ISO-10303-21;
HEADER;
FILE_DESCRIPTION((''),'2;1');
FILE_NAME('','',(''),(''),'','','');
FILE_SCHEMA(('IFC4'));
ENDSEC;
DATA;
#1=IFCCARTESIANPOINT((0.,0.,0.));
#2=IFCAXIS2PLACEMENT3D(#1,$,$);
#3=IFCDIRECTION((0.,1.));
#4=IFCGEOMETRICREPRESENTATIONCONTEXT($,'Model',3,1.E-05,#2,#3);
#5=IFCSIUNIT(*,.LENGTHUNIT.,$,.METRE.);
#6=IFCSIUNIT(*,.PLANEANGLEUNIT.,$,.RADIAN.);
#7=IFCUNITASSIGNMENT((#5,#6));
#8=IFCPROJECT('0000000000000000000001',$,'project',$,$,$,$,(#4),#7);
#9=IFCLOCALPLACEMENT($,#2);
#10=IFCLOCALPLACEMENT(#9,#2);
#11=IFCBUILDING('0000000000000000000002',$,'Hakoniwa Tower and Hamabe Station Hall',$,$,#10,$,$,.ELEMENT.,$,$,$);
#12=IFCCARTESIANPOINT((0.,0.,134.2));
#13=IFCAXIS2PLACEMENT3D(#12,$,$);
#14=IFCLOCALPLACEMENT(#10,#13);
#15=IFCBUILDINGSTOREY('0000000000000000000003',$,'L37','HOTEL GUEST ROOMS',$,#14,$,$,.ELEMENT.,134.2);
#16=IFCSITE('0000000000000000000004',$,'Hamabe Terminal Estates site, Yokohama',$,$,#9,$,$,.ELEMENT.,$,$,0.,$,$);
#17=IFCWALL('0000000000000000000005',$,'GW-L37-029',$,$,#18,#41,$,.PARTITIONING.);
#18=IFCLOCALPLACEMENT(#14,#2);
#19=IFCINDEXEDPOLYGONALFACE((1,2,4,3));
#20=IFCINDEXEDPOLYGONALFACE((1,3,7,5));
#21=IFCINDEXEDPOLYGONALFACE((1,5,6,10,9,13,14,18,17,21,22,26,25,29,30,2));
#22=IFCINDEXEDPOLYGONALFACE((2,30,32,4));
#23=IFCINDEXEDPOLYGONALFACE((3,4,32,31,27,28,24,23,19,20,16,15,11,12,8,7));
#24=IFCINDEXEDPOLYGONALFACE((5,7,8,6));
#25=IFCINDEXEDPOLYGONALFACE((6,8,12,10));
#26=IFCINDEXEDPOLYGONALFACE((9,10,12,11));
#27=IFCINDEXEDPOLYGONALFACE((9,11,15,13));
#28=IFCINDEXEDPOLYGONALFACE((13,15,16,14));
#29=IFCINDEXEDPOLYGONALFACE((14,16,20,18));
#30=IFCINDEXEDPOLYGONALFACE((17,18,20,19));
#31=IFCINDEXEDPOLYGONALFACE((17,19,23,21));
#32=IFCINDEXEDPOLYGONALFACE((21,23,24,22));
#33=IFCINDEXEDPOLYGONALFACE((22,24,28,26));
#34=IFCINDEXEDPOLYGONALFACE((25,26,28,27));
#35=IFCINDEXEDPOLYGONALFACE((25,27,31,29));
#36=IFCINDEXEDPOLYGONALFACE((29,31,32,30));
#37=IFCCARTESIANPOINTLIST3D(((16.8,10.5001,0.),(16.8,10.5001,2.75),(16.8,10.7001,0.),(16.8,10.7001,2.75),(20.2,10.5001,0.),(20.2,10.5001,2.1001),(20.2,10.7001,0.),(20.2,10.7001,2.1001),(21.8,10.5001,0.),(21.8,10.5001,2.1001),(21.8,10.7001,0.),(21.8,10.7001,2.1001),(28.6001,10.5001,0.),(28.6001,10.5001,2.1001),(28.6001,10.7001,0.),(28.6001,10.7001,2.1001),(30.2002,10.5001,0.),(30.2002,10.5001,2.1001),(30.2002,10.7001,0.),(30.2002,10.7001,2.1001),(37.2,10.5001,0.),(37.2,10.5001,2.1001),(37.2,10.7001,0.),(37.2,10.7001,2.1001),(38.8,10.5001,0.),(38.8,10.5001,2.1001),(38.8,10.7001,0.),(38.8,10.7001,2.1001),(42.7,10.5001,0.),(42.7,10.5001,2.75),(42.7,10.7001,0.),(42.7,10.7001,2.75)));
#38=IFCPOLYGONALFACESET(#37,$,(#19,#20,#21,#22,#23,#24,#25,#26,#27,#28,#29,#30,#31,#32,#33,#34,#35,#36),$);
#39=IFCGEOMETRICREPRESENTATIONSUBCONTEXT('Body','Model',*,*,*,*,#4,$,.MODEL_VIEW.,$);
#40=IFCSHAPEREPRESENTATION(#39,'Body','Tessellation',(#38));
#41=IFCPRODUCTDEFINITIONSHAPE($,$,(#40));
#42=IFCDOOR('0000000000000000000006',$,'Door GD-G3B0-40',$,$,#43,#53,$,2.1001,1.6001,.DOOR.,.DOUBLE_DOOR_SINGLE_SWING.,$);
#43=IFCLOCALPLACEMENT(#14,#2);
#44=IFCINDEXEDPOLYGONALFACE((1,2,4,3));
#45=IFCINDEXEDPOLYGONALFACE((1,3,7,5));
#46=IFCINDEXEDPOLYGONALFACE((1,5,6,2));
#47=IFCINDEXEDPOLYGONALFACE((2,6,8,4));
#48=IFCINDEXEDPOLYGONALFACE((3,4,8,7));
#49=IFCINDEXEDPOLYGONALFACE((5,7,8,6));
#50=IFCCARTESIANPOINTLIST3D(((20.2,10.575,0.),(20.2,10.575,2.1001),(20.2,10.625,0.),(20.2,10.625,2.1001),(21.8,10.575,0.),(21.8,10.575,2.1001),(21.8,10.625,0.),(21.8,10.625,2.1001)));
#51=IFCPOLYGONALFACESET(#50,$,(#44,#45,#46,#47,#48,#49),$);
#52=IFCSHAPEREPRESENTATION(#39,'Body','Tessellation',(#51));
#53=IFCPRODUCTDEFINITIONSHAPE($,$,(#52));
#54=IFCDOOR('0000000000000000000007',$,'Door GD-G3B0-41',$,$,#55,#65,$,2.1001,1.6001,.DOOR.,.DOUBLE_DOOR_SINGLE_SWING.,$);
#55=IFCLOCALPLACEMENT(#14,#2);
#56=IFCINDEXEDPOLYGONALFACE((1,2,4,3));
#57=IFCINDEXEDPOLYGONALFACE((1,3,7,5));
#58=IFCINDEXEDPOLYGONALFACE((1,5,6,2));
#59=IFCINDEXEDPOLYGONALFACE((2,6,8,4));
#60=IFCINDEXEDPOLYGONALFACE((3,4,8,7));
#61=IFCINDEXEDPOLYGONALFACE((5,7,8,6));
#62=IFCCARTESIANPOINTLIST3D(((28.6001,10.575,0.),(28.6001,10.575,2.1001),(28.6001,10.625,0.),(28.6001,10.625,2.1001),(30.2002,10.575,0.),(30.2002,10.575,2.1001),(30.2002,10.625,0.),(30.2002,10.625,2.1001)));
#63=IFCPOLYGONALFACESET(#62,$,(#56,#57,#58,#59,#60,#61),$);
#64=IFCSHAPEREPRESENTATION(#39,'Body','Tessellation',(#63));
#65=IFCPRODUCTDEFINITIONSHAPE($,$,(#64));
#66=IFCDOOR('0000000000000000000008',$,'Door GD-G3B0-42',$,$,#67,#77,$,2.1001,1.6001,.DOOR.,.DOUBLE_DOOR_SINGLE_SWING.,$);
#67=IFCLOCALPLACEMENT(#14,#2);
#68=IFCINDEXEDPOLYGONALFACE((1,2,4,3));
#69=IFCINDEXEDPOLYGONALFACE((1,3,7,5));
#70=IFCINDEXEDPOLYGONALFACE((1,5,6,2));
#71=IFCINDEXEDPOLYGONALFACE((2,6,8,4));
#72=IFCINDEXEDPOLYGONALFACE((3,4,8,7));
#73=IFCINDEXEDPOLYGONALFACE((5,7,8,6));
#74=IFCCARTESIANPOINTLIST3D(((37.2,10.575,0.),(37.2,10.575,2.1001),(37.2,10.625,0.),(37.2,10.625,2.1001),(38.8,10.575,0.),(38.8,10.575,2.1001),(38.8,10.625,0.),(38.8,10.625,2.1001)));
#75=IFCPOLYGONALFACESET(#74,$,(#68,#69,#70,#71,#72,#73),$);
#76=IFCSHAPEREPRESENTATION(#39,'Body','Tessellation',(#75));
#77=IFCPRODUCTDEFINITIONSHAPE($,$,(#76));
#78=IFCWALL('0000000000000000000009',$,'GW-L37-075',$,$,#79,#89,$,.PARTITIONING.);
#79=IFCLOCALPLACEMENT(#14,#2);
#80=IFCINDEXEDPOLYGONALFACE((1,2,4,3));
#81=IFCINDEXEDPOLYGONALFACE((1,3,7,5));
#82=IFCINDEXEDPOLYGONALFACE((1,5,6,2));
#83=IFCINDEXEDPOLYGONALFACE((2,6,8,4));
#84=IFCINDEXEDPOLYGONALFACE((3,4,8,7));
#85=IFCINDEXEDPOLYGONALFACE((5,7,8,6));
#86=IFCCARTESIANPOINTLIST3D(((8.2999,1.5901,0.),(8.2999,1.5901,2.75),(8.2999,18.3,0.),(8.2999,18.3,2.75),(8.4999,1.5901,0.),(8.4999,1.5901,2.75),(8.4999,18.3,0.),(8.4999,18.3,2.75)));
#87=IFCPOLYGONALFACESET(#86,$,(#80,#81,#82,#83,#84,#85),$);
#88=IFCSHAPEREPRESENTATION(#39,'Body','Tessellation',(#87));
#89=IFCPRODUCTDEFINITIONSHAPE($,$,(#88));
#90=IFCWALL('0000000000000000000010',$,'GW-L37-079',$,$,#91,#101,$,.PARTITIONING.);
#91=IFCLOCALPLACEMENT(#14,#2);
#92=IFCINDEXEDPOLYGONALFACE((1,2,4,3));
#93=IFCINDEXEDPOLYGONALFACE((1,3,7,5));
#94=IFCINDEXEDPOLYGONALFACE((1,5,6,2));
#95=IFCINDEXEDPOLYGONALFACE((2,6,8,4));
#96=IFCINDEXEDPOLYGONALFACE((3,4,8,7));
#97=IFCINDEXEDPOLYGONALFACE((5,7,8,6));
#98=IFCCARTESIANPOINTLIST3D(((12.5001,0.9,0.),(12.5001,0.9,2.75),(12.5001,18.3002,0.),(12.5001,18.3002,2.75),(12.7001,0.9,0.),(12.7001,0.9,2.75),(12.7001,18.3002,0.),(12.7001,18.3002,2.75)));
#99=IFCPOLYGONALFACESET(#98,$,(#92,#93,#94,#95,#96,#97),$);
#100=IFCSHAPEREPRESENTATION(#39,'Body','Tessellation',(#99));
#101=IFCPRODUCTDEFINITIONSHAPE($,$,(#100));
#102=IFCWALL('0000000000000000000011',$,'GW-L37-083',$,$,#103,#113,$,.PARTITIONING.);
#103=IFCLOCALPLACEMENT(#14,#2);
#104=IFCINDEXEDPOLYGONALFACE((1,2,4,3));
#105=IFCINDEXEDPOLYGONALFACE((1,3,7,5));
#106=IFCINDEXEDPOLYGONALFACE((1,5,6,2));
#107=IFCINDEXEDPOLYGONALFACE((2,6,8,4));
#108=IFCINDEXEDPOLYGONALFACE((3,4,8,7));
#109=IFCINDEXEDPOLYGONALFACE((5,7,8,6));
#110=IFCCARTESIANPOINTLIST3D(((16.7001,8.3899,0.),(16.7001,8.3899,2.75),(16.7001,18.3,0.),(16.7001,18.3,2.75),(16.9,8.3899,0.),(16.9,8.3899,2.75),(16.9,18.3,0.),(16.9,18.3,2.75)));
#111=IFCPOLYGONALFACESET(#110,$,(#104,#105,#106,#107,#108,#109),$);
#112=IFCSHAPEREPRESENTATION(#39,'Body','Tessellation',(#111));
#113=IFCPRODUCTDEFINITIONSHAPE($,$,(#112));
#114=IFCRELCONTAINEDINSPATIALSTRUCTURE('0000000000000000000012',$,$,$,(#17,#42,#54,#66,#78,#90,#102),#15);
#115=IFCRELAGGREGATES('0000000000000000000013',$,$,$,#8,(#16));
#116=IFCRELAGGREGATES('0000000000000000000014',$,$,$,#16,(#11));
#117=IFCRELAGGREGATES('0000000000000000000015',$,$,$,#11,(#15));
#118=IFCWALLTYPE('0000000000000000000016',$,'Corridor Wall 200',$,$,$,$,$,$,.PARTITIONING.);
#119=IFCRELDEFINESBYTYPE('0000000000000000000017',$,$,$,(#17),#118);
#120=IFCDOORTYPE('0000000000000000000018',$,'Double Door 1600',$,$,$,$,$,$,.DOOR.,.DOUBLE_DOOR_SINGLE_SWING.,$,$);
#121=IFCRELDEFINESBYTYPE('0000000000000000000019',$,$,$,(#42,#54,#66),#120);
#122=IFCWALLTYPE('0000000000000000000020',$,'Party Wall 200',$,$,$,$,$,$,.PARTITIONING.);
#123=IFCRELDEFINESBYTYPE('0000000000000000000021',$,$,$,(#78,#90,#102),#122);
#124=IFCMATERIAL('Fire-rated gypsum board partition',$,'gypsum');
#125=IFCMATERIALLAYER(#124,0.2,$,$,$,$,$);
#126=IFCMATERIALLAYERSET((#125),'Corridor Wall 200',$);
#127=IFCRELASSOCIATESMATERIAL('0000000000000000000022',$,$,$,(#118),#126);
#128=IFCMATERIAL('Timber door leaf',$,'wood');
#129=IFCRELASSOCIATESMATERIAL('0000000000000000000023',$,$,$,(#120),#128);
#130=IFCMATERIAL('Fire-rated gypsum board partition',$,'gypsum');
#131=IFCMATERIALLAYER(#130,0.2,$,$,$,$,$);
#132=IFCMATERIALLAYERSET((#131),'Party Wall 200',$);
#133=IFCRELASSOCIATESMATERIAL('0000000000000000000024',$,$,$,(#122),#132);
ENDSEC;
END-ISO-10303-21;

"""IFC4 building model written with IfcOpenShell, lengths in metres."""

from ifc_helpers import new_model, si_unit, direction, frame, frame_2d, origin, place, context, subcontext, project, spatial, rectangle, extrude, material, layer, layer_set, type_object, element, fill, save


model = new_model("IFC4")

# Units and contexts
model_context = context("Model", 3, precision=1e-05, world=origin(), true_north=direction((0.0, 1.0)))
body_context = subcontext(model_context, "Body", "Model", "MODEL_VIEW")
ifc_project = project(units=[si_unit("LENGTHUNIT", "METRE"), si_unit("PLANEANGLEUNIT", "RADIAN")], contexts=[model_context])

# Site, building, storey
site_placement = place(None, origin())
site = spatial("IfcSite", under=ifc_project, at=site_placement, Name="Hamabe Terminal Estates site, Yokohama", CompositionType="ELEMENT", RefElevation=0.0)
building_placement = place(site_placement, origin())
building = spatial("IfcBuilding", under=site, at=building_placement, Name="Hakoniwa Tower and Hamabe Station Hall", CompositionType="ELEMENT")
storey_placement = place(building_placement, frame((0.0, 0.0, 134.2)))
storey = spatial("IfcBuildingStorey", under=building, at=storey_placement, Name="L37", Description="HOTEL GUEST ROOMS", CompositionType="ELEMENT", Elevation=134.2)

# Wall, openings, doors
ifc_material_1 = material(Name="Fire-rated gypsum board partition", Category="gypsum")
ifc_layer_1 = layer(ifc_material_1, 0.2)
ifc_layer_set_1 = layer_set([ifc_layer_1], Name="Corridor Wall 200")
wall_type_1 = type_object("IfcWallType", Name="Corridor Wall 200", PredefinedType="PARTITIONING", material=ifc_layer_set_1)
wall_1_placement = place(storey_placement, frame((16.8, 10.6001, 0.0), z_axis=(0.0, 0.0, 1.0), x_axis=(1.0, 0.0, 0.0)))
wall_1 = element("IfcWall", 1, at=wall_1_placement, inside=storey, type_object=wall_type_1, Name="GW-L37-029", PredefinedType="PARTITIONING", context=body_context, shape_type="SweptSolid", body=[
    extrude(rectangle(XDim=25.8999, YDim=0.2, at=frame_2d((12.95, 0.0))), origin(), (0.0, 0.0, 1.0), 2.75),
])
opening_1_placement = place(wall_1_placement, frame((3.3999, 0.0, 0.0)))
opening_1 = element("IfcOpeningElement", 2, at=opening_1_placement, cuts=wall_1, PredefinedType="OPENING", context=body_context, shape_type="SweptSolid", body=[
    extrude(rectangle(XDim=1.6001, YDim=2.1001, at=frame_2d((0.8, 1.05))), frame((0.0, 0.1099, 0.0), z_axis=(0.0, -1.0, 0.0), x_axis=(1.0, 0.0, 0.0)), (0.0, 0.0, 1.0), 0.22),
])
opening_2_placement = place(wall_1_placement, frame((11.8, 0.0, 0.0)))
opening_2 = element("IfcOpeningElement", 3, at=opening_2_placement, cuts=wall_1, PredefinedType="OPENING", context=body_context, shape_type="SweptSolid", body=[
    extrude(rectangle(XDim=1.6001, YDim=2.1001, at=frame_2d((0.8, 1.05))), frame((0.0, 0.1099, 0.0), z_axis=(0.0, -1.0, 0.0), x_axis=(1.0, 0.0, 0.0)), (0.0, 0.0, 1.0), 0.22),
])
opening_3_placement = place(wall_1_placement, frame((20.3999, 0.0, 0.0)))
opening_3 = element("IfcOpeningElement", 4, at=opening_3_placement, cuts=wall_1, PredefinedType="OPENING", context=body_context, shape_type="SweptSolid", body=[
    extrude(rectangle(XDim=1.6001, YDim=2.1001, at=frame_2d((0.8, 1.05))), frame((0.0, 0.1099, 0.0), z_axis=(0.0, -1.0, 0.0), x_axis=(1.0, 0.0, 0.0)), (0.0, 0.0, 1.0), 0.22),
])
ifc_material_2 = material(Name="Timber door leaf", Category="wood")
door_type_1 = type_object("IfcDoorType", Name="Double Door 1600", OperationType="DOUBLE_DOOR_SINGLE_SWING", PredefinedType="DOOR", material=ifc_material_2)
door_1_placement = place(opening_1_placement, origin())
door_1 = element("IfcDoor", 5, at=door_1_placement, inside=storey, type_object=door_type_1, Name="Door GD-G3B0-40", OperationType="DOUBLE_DOOR_SINGLE_SWING", OverallHeight=2.1001, OverallWidth=1.6001, PredefinedType="DOOR", context=body_context, shape_type="SweptSolid", body=[
    extrude(rectangle(XDim=1.6001, YDim=2.1001, at=frame_2d((0.8, 1.05))), frame((0.0, 0.0249, 0.0), z_axis=(0.0, -1.0, 0.0), x_axis=(1.0, 0.0, 0.0)), (0.0, 0.0, 1.0), 0.05),
])
fill(opening_1, door_1)
door_2_placement = place(opening_2_placement, origin())
door_2 = element("IfcDoor", 6, at=door_2_placement, inside=storey, type_object=door_type_1, Name="Door GD-G3B0-41", OperationType="DOUBLE_DOOR_SINGLE_SWING", OverallHeight=2.1001, OverallWidth=1.6001, PredefinedType="DOOR", context=body_context, shape_type="SweptSolid", body=[
    extrude(rectangle(XDim=1.6001, YDim=2.1001, at=frame_2d((0.8, 1.05))), frame((0.0, 0.0249, 0.0), z_axis=(0.0, -1.0, 0.0), x_axis=(1.0, 0.0, 0.0)), (0.0, 0.0, 1.0), 0.05),
])
fill(opening_2, door_2)
door_3_placement = place(opening_3_placement, origin())
door_3 = element("IfcDoor", 7, at=door_3_placement, inside=storey, type_object=door_type_1, Name="Door GD-G3B0-42", OperationType="DOUBLE_DOOR_SINGLE_SWING", OverallHeight=2.1001, OverallWidth=1.6001, PredefinedType="DOOR", context=body_context, shape_type="SweptSolid", body=[
    extrude(rectangle(XDim=1.6001, YDim=2.1001, at=frame_2d((0.8, 1.05))), frame((0.0, 0.0249, 0.0), z_axis=(0.0, -1.0, 0.0), x_axis=(1.0, 0.0, 0.0)), (0.0, 0.0, 1.0), 0.05),
])
fill(opening_3, door_3)

# Walls
ifc_material_3 = material(Name="Fire-rated gypsum board partition", Category="gypsum")
ifc_layer_2 = layer(ifc_material_3, 0.2)
ifc_layer_set_2 = layer_set([ifc_layer_2], Name="Party Wall 200")
wall_type_2 = type_object("IfcWallType", Name="Party Wall 200", PredefinedType="PARTITIONING", material=ifc_layer_set_2)
wall_2_placement = place(storey_placement, frame((8.3999, 1.5901, 0.0), z_axis=(0.0, 0.0, 1.0), x_axis=(0.0, 1.0, 0.0)))
element("IfcWall", 8, at=wall_2_placement, inside=storey, type_object=wall_type_2, Name="GW-L37-075", PredefinedType="PARTITIONING", context=body_context, shape_type="SweptSolid", body=[
    extrude(rectangle(XDim=16.71, YDim=0.2, at=frame_2d((8.355, 0.0))), origin(), (0.0, 0.0, 1.0), 2.75),
])
wall_3_placement = place(storey_placement, frame((12.6001, 0.8999, 0.0), z_axis=(0.0, 0.0, 1.0), x_axis=(0.0, 1.0, 0.0)))
element("IfcWall", 9, at=wall_3_placement, inside=storey, type_object=wall_type_2, Name="GW-L37-079", PredefinedType="PARTITIONING", context=body_context, shape_type="SweptSolid", body=[
    extrude(rectangle(XDim=17.4001, YDim=0.2, at=frame_2d((8.7002, 0.0))), origin(), (0.0, 0.0, 1.0), 2.75),
])
wall_4_placement = place(storey_placement, frame((16.8, 8.3899, 0.0), z_axis=(0.0, 0.0, 1.0), x_axis=(0.0, 1.0, 0.0)))
element("IfcWall", 10, at=wall_4_placement, inside=storey, type_object=wall_type_2, Name="GW-L37-083", PredefinedType="PARTITIONING", context=body_context, shape_type="SweptSolid", body=[
    extrude(rectangle(XDim=9.9102, YDim=0.2, at=frame_2d((4.9551, 0.0))), origin(), (0.0, 0.0, 1.0), 2.75),
])

save(model, "model.ifc")
